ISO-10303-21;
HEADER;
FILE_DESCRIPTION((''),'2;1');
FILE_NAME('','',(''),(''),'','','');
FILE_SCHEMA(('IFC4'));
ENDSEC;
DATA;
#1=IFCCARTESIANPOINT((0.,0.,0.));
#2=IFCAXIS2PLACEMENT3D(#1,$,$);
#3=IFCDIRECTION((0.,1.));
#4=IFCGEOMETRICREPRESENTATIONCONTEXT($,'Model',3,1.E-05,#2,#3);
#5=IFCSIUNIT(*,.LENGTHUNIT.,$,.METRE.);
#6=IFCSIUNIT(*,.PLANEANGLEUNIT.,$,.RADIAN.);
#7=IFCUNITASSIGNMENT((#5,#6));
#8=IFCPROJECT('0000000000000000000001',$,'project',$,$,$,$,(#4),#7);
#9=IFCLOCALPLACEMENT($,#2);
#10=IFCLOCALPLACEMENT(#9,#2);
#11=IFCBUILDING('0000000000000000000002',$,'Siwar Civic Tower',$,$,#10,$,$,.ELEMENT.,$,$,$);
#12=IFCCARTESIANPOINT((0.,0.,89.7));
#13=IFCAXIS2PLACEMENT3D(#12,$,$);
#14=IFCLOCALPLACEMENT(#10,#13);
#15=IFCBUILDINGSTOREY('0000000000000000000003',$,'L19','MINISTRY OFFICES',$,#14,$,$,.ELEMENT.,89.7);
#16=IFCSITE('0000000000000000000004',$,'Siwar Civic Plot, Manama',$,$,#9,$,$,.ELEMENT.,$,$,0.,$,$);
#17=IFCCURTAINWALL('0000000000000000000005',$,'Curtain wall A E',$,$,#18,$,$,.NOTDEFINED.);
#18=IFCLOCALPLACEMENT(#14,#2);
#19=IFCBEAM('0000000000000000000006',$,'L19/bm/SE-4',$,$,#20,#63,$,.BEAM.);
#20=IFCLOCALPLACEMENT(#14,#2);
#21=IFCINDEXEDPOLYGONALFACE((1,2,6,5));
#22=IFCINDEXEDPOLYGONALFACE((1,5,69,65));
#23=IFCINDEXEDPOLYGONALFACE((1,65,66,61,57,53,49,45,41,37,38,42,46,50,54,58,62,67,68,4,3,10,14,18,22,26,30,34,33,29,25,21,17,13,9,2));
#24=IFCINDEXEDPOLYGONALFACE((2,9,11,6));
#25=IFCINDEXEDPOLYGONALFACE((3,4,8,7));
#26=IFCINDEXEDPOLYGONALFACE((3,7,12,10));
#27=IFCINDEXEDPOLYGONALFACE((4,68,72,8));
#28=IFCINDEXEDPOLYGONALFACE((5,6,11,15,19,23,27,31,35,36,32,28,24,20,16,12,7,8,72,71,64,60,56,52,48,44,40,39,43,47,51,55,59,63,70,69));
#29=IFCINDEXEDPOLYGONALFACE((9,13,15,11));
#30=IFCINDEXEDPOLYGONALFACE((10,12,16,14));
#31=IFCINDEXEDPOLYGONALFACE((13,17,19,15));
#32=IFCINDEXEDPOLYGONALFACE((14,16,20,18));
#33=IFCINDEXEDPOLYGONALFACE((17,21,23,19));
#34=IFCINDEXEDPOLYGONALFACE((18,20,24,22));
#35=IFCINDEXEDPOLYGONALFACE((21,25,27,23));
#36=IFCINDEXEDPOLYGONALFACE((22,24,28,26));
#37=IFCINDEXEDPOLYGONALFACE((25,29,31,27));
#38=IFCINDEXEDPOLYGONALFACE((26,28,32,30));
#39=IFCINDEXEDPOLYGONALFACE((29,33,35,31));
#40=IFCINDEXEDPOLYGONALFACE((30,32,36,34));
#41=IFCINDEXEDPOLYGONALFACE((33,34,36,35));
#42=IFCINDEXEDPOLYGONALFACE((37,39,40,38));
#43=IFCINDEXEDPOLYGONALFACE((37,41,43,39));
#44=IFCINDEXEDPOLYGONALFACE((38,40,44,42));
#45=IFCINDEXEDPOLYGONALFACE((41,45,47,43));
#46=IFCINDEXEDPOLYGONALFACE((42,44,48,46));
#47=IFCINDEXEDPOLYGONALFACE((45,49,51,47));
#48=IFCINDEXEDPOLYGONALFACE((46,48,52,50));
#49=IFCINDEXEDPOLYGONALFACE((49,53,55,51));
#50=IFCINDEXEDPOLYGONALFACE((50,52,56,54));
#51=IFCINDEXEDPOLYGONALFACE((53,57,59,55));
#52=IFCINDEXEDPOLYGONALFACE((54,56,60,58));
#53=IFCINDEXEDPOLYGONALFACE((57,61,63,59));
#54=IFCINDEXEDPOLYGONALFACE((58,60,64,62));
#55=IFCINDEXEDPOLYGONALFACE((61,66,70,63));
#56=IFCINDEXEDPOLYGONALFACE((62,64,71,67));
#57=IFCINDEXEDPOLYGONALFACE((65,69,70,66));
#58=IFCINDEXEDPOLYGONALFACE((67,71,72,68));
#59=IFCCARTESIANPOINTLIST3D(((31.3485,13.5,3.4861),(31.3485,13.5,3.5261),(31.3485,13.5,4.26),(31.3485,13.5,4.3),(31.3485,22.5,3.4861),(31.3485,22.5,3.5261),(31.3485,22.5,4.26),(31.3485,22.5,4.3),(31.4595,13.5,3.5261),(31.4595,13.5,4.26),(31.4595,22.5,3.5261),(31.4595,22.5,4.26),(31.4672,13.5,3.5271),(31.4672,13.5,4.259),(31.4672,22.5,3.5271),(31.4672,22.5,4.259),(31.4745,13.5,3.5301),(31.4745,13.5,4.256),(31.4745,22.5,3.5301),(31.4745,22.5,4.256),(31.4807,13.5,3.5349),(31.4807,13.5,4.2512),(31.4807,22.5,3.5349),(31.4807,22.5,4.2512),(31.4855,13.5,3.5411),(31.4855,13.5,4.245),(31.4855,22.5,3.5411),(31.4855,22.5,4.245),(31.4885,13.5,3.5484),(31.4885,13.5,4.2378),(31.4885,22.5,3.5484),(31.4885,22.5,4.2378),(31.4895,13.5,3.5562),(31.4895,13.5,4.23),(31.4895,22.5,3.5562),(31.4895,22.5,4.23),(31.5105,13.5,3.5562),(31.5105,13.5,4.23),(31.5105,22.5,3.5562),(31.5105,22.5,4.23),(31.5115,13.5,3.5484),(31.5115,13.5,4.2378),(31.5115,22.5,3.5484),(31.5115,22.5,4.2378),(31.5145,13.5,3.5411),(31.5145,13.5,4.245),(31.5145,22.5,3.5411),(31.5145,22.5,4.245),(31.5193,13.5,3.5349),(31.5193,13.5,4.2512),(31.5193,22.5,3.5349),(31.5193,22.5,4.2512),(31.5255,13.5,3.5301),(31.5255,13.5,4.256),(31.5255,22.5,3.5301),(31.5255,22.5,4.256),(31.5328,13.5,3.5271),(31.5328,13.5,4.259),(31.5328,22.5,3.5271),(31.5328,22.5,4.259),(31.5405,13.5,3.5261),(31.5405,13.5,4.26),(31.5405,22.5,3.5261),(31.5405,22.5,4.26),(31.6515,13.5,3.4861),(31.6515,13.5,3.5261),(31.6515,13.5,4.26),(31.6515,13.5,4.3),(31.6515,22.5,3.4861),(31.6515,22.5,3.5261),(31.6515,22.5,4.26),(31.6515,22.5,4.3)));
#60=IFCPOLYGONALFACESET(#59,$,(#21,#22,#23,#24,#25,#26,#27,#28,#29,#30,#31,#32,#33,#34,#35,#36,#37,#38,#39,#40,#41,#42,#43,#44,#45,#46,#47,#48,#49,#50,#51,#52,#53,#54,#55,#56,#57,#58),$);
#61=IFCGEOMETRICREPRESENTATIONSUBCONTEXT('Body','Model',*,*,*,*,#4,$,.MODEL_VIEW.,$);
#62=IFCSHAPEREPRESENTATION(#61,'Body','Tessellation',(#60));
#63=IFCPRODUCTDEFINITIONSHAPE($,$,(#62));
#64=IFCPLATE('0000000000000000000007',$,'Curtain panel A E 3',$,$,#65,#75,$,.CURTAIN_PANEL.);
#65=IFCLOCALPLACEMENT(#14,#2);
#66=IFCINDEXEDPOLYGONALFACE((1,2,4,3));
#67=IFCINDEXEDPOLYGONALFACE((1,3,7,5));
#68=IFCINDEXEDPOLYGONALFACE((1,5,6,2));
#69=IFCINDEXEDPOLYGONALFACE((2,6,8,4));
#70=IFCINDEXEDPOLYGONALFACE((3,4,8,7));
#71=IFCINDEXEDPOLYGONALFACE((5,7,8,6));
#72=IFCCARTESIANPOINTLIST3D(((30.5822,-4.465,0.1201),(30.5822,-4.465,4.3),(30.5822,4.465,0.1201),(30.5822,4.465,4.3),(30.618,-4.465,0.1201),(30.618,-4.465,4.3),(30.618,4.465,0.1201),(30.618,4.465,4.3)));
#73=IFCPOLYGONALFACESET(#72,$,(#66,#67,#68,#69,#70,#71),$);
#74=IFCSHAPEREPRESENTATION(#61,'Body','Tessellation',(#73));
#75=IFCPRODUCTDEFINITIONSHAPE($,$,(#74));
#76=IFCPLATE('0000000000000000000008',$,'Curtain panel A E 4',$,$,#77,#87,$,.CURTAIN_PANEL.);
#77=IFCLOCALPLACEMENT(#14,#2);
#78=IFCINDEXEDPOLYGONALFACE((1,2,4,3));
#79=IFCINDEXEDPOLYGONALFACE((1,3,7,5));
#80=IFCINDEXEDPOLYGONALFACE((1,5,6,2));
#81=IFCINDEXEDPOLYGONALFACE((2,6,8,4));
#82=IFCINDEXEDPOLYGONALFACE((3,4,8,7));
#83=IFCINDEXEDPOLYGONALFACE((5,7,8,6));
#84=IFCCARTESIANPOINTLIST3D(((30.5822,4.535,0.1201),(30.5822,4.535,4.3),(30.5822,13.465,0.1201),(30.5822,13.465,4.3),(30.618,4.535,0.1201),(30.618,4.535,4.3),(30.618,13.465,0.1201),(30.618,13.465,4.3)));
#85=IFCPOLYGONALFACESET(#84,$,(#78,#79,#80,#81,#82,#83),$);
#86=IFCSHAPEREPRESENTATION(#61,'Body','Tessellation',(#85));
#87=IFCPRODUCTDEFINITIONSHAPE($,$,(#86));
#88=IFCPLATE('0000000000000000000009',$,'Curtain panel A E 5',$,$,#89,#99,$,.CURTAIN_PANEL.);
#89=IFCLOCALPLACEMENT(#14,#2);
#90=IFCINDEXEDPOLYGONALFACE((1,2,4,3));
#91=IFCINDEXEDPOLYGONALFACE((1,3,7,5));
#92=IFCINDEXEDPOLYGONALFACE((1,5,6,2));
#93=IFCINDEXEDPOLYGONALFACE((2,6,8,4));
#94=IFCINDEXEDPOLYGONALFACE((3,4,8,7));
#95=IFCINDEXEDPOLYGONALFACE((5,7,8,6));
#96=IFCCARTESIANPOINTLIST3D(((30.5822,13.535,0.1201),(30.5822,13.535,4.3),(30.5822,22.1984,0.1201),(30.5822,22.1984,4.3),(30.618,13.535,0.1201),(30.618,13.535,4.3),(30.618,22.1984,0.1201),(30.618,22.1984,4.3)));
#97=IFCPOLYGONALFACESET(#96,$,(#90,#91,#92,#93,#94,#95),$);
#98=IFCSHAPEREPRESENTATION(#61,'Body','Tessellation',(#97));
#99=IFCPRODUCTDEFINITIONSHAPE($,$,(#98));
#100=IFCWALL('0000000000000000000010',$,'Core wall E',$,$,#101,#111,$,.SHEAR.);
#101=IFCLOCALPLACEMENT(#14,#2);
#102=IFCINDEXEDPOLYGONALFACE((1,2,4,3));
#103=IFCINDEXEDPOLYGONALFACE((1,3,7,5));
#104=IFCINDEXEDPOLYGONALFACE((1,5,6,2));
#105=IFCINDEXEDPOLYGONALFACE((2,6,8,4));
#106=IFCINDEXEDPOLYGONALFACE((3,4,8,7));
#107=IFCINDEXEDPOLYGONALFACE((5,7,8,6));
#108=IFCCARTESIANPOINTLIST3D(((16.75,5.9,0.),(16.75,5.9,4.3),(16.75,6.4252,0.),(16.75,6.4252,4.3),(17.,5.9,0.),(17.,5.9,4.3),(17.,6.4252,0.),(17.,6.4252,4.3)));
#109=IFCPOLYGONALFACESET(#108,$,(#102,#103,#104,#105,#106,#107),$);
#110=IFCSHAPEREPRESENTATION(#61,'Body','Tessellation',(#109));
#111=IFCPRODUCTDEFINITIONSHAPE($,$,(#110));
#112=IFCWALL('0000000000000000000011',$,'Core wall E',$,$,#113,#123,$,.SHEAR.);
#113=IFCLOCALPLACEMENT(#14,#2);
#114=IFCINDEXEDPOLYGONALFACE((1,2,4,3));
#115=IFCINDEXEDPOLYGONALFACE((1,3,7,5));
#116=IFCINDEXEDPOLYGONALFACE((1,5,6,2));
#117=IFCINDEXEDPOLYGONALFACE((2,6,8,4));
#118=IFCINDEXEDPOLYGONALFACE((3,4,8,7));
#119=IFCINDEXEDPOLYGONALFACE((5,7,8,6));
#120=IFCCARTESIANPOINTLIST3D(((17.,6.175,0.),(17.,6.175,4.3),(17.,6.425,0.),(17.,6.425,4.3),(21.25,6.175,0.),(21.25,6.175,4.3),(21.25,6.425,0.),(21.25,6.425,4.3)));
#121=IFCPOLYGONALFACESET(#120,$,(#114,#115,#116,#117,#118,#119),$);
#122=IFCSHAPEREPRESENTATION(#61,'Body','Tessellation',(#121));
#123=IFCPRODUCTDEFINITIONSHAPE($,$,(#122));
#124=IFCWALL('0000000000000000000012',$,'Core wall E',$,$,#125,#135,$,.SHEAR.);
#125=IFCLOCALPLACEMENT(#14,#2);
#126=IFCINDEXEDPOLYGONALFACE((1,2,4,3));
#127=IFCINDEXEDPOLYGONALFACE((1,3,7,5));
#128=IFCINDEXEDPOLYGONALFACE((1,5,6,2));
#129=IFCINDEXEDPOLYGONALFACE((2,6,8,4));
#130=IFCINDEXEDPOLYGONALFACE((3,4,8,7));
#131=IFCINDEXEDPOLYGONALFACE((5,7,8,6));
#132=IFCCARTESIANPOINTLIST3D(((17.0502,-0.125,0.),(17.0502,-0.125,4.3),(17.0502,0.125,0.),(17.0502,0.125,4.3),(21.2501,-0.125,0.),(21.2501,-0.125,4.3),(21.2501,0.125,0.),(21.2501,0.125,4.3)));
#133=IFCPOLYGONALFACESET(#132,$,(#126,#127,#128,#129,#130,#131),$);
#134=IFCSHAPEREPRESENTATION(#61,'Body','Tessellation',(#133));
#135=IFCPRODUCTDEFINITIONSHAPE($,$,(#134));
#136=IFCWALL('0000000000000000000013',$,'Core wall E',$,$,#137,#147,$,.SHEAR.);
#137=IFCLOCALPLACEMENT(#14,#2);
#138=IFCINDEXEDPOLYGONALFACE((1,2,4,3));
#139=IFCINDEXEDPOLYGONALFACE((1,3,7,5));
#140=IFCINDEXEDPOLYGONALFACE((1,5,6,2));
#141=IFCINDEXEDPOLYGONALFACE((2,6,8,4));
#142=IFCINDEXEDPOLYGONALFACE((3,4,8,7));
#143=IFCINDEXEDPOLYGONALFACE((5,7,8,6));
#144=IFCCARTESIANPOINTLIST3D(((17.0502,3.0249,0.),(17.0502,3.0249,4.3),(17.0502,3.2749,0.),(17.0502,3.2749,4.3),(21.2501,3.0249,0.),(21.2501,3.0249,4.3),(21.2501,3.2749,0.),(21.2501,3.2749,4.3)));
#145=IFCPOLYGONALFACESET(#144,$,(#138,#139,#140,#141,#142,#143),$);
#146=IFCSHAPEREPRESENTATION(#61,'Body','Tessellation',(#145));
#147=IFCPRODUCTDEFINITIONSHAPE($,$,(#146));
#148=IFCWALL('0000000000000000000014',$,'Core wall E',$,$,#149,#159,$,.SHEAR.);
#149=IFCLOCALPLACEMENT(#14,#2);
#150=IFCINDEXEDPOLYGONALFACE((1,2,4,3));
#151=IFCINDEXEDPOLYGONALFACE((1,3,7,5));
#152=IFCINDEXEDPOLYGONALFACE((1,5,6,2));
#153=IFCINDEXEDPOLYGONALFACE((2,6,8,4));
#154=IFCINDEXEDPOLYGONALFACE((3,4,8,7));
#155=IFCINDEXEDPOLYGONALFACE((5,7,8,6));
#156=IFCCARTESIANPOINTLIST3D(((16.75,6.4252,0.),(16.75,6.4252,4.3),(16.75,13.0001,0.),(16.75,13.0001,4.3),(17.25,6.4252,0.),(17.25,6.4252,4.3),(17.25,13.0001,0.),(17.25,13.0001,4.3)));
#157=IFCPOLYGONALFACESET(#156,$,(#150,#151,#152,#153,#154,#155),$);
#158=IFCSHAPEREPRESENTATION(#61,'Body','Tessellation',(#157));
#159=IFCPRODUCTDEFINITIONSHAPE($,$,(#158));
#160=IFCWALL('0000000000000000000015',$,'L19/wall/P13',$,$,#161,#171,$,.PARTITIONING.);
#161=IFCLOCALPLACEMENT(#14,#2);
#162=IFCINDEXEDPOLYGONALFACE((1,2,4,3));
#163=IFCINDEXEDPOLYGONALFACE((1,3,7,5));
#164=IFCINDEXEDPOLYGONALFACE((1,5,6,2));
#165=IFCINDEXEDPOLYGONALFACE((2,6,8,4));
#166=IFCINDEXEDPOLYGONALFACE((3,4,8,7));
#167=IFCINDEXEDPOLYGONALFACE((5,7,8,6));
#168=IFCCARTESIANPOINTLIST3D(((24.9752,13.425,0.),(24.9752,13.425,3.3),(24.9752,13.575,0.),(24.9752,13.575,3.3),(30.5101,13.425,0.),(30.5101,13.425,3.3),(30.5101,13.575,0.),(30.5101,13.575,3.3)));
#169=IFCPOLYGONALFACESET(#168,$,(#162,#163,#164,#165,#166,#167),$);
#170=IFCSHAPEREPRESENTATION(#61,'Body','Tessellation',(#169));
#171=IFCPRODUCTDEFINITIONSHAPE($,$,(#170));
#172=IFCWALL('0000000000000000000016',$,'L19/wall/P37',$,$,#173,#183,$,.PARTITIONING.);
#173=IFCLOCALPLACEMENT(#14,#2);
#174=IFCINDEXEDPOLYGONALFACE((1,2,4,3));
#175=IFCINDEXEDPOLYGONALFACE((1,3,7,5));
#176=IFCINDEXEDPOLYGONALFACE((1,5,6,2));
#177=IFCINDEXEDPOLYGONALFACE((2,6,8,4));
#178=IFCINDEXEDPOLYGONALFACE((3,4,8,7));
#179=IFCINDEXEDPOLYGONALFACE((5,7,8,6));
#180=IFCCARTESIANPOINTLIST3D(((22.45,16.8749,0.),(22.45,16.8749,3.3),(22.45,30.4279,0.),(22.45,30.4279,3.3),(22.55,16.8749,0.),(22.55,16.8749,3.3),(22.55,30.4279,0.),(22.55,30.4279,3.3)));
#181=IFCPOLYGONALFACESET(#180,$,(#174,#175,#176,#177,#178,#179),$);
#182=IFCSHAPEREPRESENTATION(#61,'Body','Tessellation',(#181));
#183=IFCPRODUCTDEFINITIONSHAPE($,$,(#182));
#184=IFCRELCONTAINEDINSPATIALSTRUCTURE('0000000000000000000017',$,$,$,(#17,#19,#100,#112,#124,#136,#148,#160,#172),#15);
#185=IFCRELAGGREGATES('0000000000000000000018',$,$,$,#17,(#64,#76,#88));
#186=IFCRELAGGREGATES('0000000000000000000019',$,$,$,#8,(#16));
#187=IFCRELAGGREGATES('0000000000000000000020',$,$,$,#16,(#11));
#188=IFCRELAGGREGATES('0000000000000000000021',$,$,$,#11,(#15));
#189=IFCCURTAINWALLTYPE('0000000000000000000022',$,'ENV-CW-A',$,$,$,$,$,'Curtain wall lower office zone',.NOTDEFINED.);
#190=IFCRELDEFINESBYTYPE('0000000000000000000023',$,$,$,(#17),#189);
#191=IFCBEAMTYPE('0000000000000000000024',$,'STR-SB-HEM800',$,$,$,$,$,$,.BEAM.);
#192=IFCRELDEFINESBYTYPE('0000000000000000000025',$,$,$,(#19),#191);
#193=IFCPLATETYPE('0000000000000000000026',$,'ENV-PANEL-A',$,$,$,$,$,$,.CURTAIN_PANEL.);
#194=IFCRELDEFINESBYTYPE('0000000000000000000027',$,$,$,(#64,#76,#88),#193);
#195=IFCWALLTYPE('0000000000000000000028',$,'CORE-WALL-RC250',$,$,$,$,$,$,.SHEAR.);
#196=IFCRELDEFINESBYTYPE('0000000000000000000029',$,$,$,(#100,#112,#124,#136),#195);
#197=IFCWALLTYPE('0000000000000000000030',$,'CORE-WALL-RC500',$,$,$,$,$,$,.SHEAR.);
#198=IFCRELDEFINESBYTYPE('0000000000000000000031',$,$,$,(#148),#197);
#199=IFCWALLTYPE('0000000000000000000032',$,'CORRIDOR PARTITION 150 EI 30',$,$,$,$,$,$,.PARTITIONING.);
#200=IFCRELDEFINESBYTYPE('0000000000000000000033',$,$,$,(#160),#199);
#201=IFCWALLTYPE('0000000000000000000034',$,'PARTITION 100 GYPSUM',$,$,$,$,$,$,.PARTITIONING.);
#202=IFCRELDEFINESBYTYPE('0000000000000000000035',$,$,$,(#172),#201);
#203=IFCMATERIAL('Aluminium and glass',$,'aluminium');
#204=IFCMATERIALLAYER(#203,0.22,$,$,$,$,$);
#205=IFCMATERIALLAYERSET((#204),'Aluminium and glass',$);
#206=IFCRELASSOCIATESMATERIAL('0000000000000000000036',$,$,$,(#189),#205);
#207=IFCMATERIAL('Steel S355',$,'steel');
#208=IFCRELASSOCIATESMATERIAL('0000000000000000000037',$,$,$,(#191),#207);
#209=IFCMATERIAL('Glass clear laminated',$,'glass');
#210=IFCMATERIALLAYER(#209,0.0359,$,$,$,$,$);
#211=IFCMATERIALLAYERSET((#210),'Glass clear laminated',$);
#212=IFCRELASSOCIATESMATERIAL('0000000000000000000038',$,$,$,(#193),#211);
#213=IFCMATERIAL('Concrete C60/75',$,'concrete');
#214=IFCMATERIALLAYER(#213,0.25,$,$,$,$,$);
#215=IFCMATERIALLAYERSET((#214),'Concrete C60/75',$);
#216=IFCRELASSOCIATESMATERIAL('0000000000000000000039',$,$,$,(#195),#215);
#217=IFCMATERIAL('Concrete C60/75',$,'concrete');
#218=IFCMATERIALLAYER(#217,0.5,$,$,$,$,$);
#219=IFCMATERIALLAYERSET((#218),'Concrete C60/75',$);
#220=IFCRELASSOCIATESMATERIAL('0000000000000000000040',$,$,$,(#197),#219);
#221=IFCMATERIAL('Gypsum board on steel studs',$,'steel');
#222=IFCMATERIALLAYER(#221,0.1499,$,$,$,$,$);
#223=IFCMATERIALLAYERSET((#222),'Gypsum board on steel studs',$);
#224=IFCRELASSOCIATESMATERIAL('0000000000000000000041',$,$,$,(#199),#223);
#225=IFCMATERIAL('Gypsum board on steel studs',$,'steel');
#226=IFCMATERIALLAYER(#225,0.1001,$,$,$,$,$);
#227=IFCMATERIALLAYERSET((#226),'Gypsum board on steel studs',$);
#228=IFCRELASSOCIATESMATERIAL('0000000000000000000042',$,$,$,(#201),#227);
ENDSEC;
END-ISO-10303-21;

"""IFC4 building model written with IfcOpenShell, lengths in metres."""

from ifc_helpers import new_model, si_unit, direction, frame, frame_2d, origin, origin_2d, place, context, subcontext, project, spatial, rectangle, i_section, extrude, material, layer, layer_set, material_profile, profile_set, type_object, element, aggregate, save


model = new_model("IFC4")

# Units and contexts
model_context = context("Model", 3, precision=1e-05, world=origin(), true_north=direction((0.0, 1.0)))
body_context = subcontext(model_context, "Body", "Model", "MODEL_VIEW")
ifc_project = project(units=[si_unit("LENGTHUNIT", "METRE"), si_unit("PLANEANGLEUNIT", "RADIAN")], contexts=[model_context])

# Site, building, storey
site_placement = place(None, origin())
site = spatial("IfcSite", under=ifc_project, at=site_placement, Name="Siwar Civic Plot, Manama", CompositionType="ELEMENT", RefElevation=0.0)
building_placement = place(site_placement, origin())
building = spatial("IfcBuilding", under=site, at=building_placement, Name="Siwar Civic Tower", CompositionType="ELEMENT")
storey_placement = place(building_placement, frame((0.0, 0.0, 89.7)))
storey = spatial("IfcBuildingStorey", under=building, at=storey_placement, Name="L19", Description="MINISTRY OFFICES", CompositionType="ELEMENT", Elevation=89.7)

# Curtain wall
ifc_material_1 = material(Name="Aluminium and glass", Category="aluminium")
ifc_layer_1 = layer(ifc_material_1, 0.22)
ifc_layer_set_1 = layer_set([ifc_layer_1], Name="Aluminium and glass")
curtain_wall_type = type_object("IfcCurtainWallType", Name="ENV-CW-A", ElementType="Curtain wall lower office zone", PredefinedType="NOTDEFINED", material=ifc_layer_set_1)
curtain_wall_placement = place(storey_placement, origin())
curtain_wall = element("IfcCurtainWall", 1, at=curtain_wall_placement, inside=storey, type_object=curtain_wall_type, Name="Curtain wall A E", PredefinedType="NOTDEFINED")

# Beam
ifc_material_2 = material(Name="Steel S355", Category="steel")
ifc_material_profile_1 = material_profile(ifc_material_2, i_section(OverallWidth=0.303, OverallDepth=0.814, WebThickness=0.021, FlangeThickness=0.04, FilletRadius=0.03, at=origin_2d()), Name="HEM800")
ifc_profile_set_1 = profile_set([ifc_material_profile_1], Name="Steel S355")
beam_type_1 = type_object("IfcBeamType", Name="STR-SB-HEM800", PredefinedType="BEAM", material=ifc_profile_set_1)
for number, where, z_axis, x_axis, name in (
    (2, (31.5, 13.5, 3.8931), (0.0, 1.0, 0.0), (-1.0, 0.0, 0.0), "L19/bm/SE-4"),
):
    element("IfcBeam", number, at=place(storey_placement, frame(where, z_axis=z_axis, x_axis=x_axis)), inside=storey, type_object=beam_type_1, Name=name, PredefinedType="BEAM", context=body_context, shape_type="SweptSolid", body=[
        extrude(i_section(OverallWidth=0.303, OverallDepth=0.814, WebThickness=0.021, FlangeThickness=0.04, FilletRadius=0.03, at=origin_2d()), origin(), (0.0, 0.0, 1.0), 9.0),
    ])

# Plates
ifc_material_3 = material(Name="Glass clear laminated", Category="glass")
ifc_layer_2 = layer(ifc_material_3, 0.0359)
ifc_layer_set_2 = layer_set([ifc_layer_2], Name="Glass clear laminated")
plate_type = type_object("IfcPlateType", Name="ENV-PANEL-A", PredefinedType="CURTAIN_PANEL", material=ifc_layer_set_2)
plate_1_placement = place(storey_placement, frame((30.6001, 0.0, 0.1201), z_axis=(0.0, 0.0, 1.0), x_axis=(0.0, 1.0, 0.0)))
plate_1 = element("IfcPlate", 3, at=plate_1_placement, type_object=plate_type, Name="Curtain panel A E 3", PredefinedType="CURTAIN_PANEL", context=body_context, shape_type="SweptSolid", body=[
    extrude(rectangle(XDim=8.9299, YDim=0.0359, at=origin_2d()), origin(), (0.0, 0.0, 1.0), 4.1799),
])
plate_2_placement = place(storey_placement, frame((30.6001, 9.0, 0.1201), z_axis=(0.0, 0.0, 1.0), x_axis=(0.0, 1.0, 0.0)))
plate_2 = element("IfcPlate", 4, at=plate_2_placement, type_object=plate_type, Name="Curtain panel A E 4", PredefinedType="CURTAIN_PANEL", context=body_context, shape_type="SweptSolid", body=[
    extrude(rectangle(XDim=8.9299, YDim=0.0359, at=origin_2d()), origin(), (0.0, 0.0, 1.0), 4.1799),
])
plate_3_placement = place(storey_placement, frame((30.6001, 17.8667, 0.1201), z_axis=(0.0, 0.0, 1.0), x_axis=(0.0, 1.0, 0.0)))
plate_3 = element("IfcPlate", 5, at=plate_3_placement, type_object=plate_type, Name="Curtain panel A E 5", PredefinedType="CURTAIN_PANEL", context=body_context, shape_type="SweptSolid", body=[
    extrude(rectangle(XDim=8.6633, YDim=0.0359, at=origin_2d()), origin(), (0.0, 0.0, 1.0), 4.1799),
])
aggregate(curtain_wall, [plate_1, plate_2, plate_3])

# Walls
ifc_material_4 = material(Name="Concrete C60/75", Category="concrete")
ifc_layer_3 = layer(ifc_material_4, 0.25)
ifc_layer_set_3 = layer_set([ifc_layer_3], Name="Concrete C60/75")
wall_type_1 = type_object("IfcWallType", Name="CORE-WALL-RC250", PredefinedType="SHEAR", material=ifc_layer_set_3)
wall_1_placement = place(storey_placement, frame((16.875, 5.8999, 0.0), z_axis=(0.0, 0.0, 1.0), x_axis=(0.0, 1.0, 0.0)))
element("IfcWall", 6, at=wall_1_placement, inside=storey, type_object=wall_type_1, Name="Core wall E", PredefinedType="SHEAR", context=body_context, shape_type="SweptSolid", body=[
    extrude(rectangle(XDim=0.5251, YDim=0.25, at=frame_2d((0.2627, 0.0))), origin(), (0.0, 0.0, 1.0), 4.3),
])
wall_2_placement = place(storey_placement, frame((17.0, 6.3, 0.0), z_axis=(0.0, 0.0, 1.0), x_axis=(1.0, 0.0, 0.0)))
element("IfcWall", 7, at=wall_2_placement, inside=storey, type_object=wall_type_1, Name="Core wall E", PredefinedType="SHEAR", context=body_context, shape_type="SweptSolid", body=[
    extrude(rectangle(XDim=4.25, YDim=0.25, at=frame_2d((2.125, 0.0))), origin(), (0.0, 0.0, 1.0), 4.3),
])
for number, where, z_axis, x_axis, name in (
    (8, (17.05, 0.0, 0.0), (0.0, 0.0, 1.0), (1.0, 0.0, 0.0), "Core wall E"),
    (9, (17.05, 3.1499, 0.0), (0.0, 0.0, 1.0), (1.0, 0.0, 0.0), "Core wall E"),
):
    element("IfcWall", number, at=place(storey_placement, frame(where, z_axis=z_axis, x_axis=x_axis)), inside=storey, type_object=wall_type_1, Name=name, PredefinedType="SHEAR", context=body_context, shape_type="SweptSolid", body=[
        extrude(rectangle(XDim=4.2, YDim=0.25, at=frame_2d((2.1001, 0.0))), origin(), (0.0, 0.0, 1.0), 4.3),
    ])
ifc_material_5 = material(Name="Concrete C60/75", Category="concrete")
ifc_layer_4 = layer(ifc_material_5, 0.5)
ifc_layer_set_4 = layer_set([ifc_layer_4], Name="Concrete C60/75")
wall_type_2 = type_object("IfcWallType", Name="CORE-WALL-RC500", PredefinedType="SHEAR", material=ifc_layer_set_4)
wall_3_placement = place(storey_placement, frame((17.0, 6.425, 0.0), z_axis=(0.0, 0.0, 1.0), x_axis=(0.0, 1.0, 0.0)))
element("IfcWall", 10, at=wall_3_placement, inside=storey, type_object=wall_type_2, Name="Core wall E", PredefinedType="SHEAR", context=body_context, shape_type="SweptSolid", body=[
    extrude(rectangle(XDim=6.575, YDim=0.5, at=frame_2d((3.2876, 0.0))), origin(), (0.0, 0.0, 1.0), 4.3),
])
ifc_material_6 = material(Name="Gypsum board on steel studs", Category="steel")
ifc_layer_5 = layer(ifc_material_6, 0.1499)
ifc_layer_set_5 = layer_set([ifc_layer_5], Name="Gypsum board on steel studs")
wall_type_3 = type_object("IfcWallType", Name="CORRIDOR PARTITION 150 EI 30", PredefinedType="PARTITIONING", material=ifc_layer_set_5)
wall_4_placement = place(storey_placement, frame((24.9751, 13.5, 0.0), z_axis=(0.0, 0.0, 1.0), x_axis=(1.0, 0.0, 0.0)))
element("IfcWall", 11, at=wall_4_placement, inside=storey, type_object=wall_type_3, Name="L19/wall/P13", PredefinedType="PARTITIONING", context=body_context, shape_type="SweptSolid", body=[
    extrude(rectangle(XDim=5.5349, YDim=0.1499, at=frame_2d((2.7676, 0.0))), origin(), (0.0, 0.0, 1.0), 3.3),
])
ifc_material_7 = material(Name="Gypsum board on steel studs", Category="steel")
ifc_layer_6 = layer(ifc_material_7, 0.1001)
ifc_layer_set_6 = layer_set([ifc_layer_6], Name="Gypsum board on steel studs")
wall_type_4 = type_object("IfcWallType", Name="PARTITION 100 GYPSUM", PredefinedType="PARTITIONING", material=ifc_layer_set_6)
wall_5_placement = place(storey_placement, frame((22.5, 16.875, 0.0), z_axis=(0.0, 0.0, 1.0), x_axis=(0.0, 1.0, 0.0)))
element("IfcWall", 12, at=wall_5_placement, inside=storey, type_object=wall_type_4, Name="L19/wall/P37", PredefinedType="PARTITIONING", context=body_context, shape_type="SweptSolid", body=[
    extrude(rectangle(XDim=13.553, YDim=0.1001, at=frame_2d((6.7764, 0.0))), origin(), (0.0, 0.0, 1.0), 3.3),
])

save(model, "model.ifc")
